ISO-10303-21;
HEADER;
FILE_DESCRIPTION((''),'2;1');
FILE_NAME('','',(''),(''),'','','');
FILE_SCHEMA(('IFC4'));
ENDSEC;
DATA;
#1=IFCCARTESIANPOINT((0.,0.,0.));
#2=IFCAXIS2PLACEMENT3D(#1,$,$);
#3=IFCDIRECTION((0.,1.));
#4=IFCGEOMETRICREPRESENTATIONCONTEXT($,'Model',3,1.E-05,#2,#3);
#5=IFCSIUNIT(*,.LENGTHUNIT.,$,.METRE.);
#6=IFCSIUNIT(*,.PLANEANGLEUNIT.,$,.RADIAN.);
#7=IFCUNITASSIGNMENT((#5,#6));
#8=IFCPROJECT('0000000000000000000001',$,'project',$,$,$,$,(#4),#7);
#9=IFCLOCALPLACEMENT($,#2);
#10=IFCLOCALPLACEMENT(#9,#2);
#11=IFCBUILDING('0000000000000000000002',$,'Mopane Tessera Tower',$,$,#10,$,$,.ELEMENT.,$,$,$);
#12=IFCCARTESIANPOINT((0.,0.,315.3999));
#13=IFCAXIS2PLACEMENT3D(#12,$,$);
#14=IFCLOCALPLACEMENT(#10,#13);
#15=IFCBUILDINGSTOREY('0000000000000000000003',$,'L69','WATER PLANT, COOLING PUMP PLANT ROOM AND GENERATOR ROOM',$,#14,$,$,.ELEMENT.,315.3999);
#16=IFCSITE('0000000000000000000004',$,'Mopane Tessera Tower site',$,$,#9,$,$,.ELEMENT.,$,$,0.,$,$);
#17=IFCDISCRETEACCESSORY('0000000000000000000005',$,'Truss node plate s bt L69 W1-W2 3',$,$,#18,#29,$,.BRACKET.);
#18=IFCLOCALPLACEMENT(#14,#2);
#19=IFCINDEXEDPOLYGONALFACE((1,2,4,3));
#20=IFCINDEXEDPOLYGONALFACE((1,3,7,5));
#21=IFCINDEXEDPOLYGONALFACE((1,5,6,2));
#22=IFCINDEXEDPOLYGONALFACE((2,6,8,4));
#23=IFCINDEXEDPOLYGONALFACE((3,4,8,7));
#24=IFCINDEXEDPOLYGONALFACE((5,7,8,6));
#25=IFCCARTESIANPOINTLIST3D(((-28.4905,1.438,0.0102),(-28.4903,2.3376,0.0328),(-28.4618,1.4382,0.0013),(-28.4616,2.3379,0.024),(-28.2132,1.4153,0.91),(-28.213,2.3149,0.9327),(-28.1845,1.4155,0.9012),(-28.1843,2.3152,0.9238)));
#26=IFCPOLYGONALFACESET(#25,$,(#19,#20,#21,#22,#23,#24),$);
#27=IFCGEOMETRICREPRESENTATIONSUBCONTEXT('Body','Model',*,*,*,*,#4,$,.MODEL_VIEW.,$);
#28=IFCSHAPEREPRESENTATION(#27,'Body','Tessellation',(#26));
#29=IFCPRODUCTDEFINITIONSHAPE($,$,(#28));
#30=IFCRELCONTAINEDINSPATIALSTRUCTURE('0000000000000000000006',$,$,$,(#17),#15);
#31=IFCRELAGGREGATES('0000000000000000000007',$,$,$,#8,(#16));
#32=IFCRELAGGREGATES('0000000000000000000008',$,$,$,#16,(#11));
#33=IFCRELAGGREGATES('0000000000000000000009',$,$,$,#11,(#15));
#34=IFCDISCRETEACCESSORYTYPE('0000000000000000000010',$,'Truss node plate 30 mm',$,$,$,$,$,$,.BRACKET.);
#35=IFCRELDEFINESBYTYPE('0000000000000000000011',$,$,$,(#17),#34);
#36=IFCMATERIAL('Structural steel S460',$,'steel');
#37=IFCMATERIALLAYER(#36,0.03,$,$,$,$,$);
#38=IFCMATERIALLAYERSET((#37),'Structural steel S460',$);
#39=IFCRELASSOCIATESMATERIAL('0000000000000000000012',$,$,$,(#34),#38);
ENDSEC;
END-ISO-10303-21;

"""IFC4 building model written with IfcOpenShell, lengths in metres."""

from ifc_helpers import new_model, si_unit, direction, frame, origin, origin_2d, place, context, subcontext, project, spatial, rectangle, extrude, material, layer, layer_set, type_object, element, save


model = new_model("IFC4")

# Units and contexts
model_context = context("Model", 3, precision=1e-05, world=origin(), true_north=direction((0.0, 1.0)))
body_context = subcontext(model_context, "Body", "Model", "MODEL_VIEW")
ifc_project = project(units=[si_unit("LENGTHUNIT", "METRE"), si_unit("PLANEANGLEUNIT", "RADIAN")], contexts=[model_context])

# Site, building, storey
site_placement = place(None, origin())
site = spatial("IfcSite", under=ifc_project, at=site_placement, Name="Mopane Tessera Tower site", CompositionType="ELEMENT", RefElevation=0.0)
building_placement = place(site_placement, origin())
building = spatial("IfcBuilding", under=site, at=building_placement, Name="Mopane Tessera Tower", CompositionType="ELEMENT")
storey_placement = place(building_placement, frame((0.0, 0.0, 315.3999)))
storey = spatial("IfcBuildingStorey", under=building, at=storey_placement, Name="L69", Description="WATER PLANT, COOLING PUMP PLANT ROOM AND GENERATOR ROOM", CompositionType="ELEMENT", Elevation=315.3999)

# Discrete accessory
ifc_material_1 = material(Name="Structural steel S460", Category="steel")
ifc_layer_1 = layer(ifc_material_1, 0.03)
ifc_layer_set_1 = layer_set([ifc_layer_1], Name="Structural steel S460")
discrete_accessory_type_1 = type_object("IfcDiscreteAccessoryType", Name="Truss node plate 30 mm", PredefinedType="BRACKET", material=ifc_layer_set_1)
discrete_accessory_1_placement = place(storey_placement, frame((-28.4761, 1.8879, 0.0171), z_axis=(0.294437, -0.024104, 0.955367), x_axis=(0.955671, 0.007236, -0.294349)))
element("IfcDiscreteAccessory", 1, at=discrete_accessory_1_placement, inside=storey, type_object=discrete_accessory_type_1, Name="Truss node plate s bt L69 W1-W2 3", PredefinedType="BRACKET", context=body_context, shape_type="SweptSolid", body=[
    extrude(rectangle(XDim=0.03, YDim=0.8999, at=origin_2d()), origin(), (0.0, 0.0, 1.0), 0.9419),
])

save(model, "model.ifc")
